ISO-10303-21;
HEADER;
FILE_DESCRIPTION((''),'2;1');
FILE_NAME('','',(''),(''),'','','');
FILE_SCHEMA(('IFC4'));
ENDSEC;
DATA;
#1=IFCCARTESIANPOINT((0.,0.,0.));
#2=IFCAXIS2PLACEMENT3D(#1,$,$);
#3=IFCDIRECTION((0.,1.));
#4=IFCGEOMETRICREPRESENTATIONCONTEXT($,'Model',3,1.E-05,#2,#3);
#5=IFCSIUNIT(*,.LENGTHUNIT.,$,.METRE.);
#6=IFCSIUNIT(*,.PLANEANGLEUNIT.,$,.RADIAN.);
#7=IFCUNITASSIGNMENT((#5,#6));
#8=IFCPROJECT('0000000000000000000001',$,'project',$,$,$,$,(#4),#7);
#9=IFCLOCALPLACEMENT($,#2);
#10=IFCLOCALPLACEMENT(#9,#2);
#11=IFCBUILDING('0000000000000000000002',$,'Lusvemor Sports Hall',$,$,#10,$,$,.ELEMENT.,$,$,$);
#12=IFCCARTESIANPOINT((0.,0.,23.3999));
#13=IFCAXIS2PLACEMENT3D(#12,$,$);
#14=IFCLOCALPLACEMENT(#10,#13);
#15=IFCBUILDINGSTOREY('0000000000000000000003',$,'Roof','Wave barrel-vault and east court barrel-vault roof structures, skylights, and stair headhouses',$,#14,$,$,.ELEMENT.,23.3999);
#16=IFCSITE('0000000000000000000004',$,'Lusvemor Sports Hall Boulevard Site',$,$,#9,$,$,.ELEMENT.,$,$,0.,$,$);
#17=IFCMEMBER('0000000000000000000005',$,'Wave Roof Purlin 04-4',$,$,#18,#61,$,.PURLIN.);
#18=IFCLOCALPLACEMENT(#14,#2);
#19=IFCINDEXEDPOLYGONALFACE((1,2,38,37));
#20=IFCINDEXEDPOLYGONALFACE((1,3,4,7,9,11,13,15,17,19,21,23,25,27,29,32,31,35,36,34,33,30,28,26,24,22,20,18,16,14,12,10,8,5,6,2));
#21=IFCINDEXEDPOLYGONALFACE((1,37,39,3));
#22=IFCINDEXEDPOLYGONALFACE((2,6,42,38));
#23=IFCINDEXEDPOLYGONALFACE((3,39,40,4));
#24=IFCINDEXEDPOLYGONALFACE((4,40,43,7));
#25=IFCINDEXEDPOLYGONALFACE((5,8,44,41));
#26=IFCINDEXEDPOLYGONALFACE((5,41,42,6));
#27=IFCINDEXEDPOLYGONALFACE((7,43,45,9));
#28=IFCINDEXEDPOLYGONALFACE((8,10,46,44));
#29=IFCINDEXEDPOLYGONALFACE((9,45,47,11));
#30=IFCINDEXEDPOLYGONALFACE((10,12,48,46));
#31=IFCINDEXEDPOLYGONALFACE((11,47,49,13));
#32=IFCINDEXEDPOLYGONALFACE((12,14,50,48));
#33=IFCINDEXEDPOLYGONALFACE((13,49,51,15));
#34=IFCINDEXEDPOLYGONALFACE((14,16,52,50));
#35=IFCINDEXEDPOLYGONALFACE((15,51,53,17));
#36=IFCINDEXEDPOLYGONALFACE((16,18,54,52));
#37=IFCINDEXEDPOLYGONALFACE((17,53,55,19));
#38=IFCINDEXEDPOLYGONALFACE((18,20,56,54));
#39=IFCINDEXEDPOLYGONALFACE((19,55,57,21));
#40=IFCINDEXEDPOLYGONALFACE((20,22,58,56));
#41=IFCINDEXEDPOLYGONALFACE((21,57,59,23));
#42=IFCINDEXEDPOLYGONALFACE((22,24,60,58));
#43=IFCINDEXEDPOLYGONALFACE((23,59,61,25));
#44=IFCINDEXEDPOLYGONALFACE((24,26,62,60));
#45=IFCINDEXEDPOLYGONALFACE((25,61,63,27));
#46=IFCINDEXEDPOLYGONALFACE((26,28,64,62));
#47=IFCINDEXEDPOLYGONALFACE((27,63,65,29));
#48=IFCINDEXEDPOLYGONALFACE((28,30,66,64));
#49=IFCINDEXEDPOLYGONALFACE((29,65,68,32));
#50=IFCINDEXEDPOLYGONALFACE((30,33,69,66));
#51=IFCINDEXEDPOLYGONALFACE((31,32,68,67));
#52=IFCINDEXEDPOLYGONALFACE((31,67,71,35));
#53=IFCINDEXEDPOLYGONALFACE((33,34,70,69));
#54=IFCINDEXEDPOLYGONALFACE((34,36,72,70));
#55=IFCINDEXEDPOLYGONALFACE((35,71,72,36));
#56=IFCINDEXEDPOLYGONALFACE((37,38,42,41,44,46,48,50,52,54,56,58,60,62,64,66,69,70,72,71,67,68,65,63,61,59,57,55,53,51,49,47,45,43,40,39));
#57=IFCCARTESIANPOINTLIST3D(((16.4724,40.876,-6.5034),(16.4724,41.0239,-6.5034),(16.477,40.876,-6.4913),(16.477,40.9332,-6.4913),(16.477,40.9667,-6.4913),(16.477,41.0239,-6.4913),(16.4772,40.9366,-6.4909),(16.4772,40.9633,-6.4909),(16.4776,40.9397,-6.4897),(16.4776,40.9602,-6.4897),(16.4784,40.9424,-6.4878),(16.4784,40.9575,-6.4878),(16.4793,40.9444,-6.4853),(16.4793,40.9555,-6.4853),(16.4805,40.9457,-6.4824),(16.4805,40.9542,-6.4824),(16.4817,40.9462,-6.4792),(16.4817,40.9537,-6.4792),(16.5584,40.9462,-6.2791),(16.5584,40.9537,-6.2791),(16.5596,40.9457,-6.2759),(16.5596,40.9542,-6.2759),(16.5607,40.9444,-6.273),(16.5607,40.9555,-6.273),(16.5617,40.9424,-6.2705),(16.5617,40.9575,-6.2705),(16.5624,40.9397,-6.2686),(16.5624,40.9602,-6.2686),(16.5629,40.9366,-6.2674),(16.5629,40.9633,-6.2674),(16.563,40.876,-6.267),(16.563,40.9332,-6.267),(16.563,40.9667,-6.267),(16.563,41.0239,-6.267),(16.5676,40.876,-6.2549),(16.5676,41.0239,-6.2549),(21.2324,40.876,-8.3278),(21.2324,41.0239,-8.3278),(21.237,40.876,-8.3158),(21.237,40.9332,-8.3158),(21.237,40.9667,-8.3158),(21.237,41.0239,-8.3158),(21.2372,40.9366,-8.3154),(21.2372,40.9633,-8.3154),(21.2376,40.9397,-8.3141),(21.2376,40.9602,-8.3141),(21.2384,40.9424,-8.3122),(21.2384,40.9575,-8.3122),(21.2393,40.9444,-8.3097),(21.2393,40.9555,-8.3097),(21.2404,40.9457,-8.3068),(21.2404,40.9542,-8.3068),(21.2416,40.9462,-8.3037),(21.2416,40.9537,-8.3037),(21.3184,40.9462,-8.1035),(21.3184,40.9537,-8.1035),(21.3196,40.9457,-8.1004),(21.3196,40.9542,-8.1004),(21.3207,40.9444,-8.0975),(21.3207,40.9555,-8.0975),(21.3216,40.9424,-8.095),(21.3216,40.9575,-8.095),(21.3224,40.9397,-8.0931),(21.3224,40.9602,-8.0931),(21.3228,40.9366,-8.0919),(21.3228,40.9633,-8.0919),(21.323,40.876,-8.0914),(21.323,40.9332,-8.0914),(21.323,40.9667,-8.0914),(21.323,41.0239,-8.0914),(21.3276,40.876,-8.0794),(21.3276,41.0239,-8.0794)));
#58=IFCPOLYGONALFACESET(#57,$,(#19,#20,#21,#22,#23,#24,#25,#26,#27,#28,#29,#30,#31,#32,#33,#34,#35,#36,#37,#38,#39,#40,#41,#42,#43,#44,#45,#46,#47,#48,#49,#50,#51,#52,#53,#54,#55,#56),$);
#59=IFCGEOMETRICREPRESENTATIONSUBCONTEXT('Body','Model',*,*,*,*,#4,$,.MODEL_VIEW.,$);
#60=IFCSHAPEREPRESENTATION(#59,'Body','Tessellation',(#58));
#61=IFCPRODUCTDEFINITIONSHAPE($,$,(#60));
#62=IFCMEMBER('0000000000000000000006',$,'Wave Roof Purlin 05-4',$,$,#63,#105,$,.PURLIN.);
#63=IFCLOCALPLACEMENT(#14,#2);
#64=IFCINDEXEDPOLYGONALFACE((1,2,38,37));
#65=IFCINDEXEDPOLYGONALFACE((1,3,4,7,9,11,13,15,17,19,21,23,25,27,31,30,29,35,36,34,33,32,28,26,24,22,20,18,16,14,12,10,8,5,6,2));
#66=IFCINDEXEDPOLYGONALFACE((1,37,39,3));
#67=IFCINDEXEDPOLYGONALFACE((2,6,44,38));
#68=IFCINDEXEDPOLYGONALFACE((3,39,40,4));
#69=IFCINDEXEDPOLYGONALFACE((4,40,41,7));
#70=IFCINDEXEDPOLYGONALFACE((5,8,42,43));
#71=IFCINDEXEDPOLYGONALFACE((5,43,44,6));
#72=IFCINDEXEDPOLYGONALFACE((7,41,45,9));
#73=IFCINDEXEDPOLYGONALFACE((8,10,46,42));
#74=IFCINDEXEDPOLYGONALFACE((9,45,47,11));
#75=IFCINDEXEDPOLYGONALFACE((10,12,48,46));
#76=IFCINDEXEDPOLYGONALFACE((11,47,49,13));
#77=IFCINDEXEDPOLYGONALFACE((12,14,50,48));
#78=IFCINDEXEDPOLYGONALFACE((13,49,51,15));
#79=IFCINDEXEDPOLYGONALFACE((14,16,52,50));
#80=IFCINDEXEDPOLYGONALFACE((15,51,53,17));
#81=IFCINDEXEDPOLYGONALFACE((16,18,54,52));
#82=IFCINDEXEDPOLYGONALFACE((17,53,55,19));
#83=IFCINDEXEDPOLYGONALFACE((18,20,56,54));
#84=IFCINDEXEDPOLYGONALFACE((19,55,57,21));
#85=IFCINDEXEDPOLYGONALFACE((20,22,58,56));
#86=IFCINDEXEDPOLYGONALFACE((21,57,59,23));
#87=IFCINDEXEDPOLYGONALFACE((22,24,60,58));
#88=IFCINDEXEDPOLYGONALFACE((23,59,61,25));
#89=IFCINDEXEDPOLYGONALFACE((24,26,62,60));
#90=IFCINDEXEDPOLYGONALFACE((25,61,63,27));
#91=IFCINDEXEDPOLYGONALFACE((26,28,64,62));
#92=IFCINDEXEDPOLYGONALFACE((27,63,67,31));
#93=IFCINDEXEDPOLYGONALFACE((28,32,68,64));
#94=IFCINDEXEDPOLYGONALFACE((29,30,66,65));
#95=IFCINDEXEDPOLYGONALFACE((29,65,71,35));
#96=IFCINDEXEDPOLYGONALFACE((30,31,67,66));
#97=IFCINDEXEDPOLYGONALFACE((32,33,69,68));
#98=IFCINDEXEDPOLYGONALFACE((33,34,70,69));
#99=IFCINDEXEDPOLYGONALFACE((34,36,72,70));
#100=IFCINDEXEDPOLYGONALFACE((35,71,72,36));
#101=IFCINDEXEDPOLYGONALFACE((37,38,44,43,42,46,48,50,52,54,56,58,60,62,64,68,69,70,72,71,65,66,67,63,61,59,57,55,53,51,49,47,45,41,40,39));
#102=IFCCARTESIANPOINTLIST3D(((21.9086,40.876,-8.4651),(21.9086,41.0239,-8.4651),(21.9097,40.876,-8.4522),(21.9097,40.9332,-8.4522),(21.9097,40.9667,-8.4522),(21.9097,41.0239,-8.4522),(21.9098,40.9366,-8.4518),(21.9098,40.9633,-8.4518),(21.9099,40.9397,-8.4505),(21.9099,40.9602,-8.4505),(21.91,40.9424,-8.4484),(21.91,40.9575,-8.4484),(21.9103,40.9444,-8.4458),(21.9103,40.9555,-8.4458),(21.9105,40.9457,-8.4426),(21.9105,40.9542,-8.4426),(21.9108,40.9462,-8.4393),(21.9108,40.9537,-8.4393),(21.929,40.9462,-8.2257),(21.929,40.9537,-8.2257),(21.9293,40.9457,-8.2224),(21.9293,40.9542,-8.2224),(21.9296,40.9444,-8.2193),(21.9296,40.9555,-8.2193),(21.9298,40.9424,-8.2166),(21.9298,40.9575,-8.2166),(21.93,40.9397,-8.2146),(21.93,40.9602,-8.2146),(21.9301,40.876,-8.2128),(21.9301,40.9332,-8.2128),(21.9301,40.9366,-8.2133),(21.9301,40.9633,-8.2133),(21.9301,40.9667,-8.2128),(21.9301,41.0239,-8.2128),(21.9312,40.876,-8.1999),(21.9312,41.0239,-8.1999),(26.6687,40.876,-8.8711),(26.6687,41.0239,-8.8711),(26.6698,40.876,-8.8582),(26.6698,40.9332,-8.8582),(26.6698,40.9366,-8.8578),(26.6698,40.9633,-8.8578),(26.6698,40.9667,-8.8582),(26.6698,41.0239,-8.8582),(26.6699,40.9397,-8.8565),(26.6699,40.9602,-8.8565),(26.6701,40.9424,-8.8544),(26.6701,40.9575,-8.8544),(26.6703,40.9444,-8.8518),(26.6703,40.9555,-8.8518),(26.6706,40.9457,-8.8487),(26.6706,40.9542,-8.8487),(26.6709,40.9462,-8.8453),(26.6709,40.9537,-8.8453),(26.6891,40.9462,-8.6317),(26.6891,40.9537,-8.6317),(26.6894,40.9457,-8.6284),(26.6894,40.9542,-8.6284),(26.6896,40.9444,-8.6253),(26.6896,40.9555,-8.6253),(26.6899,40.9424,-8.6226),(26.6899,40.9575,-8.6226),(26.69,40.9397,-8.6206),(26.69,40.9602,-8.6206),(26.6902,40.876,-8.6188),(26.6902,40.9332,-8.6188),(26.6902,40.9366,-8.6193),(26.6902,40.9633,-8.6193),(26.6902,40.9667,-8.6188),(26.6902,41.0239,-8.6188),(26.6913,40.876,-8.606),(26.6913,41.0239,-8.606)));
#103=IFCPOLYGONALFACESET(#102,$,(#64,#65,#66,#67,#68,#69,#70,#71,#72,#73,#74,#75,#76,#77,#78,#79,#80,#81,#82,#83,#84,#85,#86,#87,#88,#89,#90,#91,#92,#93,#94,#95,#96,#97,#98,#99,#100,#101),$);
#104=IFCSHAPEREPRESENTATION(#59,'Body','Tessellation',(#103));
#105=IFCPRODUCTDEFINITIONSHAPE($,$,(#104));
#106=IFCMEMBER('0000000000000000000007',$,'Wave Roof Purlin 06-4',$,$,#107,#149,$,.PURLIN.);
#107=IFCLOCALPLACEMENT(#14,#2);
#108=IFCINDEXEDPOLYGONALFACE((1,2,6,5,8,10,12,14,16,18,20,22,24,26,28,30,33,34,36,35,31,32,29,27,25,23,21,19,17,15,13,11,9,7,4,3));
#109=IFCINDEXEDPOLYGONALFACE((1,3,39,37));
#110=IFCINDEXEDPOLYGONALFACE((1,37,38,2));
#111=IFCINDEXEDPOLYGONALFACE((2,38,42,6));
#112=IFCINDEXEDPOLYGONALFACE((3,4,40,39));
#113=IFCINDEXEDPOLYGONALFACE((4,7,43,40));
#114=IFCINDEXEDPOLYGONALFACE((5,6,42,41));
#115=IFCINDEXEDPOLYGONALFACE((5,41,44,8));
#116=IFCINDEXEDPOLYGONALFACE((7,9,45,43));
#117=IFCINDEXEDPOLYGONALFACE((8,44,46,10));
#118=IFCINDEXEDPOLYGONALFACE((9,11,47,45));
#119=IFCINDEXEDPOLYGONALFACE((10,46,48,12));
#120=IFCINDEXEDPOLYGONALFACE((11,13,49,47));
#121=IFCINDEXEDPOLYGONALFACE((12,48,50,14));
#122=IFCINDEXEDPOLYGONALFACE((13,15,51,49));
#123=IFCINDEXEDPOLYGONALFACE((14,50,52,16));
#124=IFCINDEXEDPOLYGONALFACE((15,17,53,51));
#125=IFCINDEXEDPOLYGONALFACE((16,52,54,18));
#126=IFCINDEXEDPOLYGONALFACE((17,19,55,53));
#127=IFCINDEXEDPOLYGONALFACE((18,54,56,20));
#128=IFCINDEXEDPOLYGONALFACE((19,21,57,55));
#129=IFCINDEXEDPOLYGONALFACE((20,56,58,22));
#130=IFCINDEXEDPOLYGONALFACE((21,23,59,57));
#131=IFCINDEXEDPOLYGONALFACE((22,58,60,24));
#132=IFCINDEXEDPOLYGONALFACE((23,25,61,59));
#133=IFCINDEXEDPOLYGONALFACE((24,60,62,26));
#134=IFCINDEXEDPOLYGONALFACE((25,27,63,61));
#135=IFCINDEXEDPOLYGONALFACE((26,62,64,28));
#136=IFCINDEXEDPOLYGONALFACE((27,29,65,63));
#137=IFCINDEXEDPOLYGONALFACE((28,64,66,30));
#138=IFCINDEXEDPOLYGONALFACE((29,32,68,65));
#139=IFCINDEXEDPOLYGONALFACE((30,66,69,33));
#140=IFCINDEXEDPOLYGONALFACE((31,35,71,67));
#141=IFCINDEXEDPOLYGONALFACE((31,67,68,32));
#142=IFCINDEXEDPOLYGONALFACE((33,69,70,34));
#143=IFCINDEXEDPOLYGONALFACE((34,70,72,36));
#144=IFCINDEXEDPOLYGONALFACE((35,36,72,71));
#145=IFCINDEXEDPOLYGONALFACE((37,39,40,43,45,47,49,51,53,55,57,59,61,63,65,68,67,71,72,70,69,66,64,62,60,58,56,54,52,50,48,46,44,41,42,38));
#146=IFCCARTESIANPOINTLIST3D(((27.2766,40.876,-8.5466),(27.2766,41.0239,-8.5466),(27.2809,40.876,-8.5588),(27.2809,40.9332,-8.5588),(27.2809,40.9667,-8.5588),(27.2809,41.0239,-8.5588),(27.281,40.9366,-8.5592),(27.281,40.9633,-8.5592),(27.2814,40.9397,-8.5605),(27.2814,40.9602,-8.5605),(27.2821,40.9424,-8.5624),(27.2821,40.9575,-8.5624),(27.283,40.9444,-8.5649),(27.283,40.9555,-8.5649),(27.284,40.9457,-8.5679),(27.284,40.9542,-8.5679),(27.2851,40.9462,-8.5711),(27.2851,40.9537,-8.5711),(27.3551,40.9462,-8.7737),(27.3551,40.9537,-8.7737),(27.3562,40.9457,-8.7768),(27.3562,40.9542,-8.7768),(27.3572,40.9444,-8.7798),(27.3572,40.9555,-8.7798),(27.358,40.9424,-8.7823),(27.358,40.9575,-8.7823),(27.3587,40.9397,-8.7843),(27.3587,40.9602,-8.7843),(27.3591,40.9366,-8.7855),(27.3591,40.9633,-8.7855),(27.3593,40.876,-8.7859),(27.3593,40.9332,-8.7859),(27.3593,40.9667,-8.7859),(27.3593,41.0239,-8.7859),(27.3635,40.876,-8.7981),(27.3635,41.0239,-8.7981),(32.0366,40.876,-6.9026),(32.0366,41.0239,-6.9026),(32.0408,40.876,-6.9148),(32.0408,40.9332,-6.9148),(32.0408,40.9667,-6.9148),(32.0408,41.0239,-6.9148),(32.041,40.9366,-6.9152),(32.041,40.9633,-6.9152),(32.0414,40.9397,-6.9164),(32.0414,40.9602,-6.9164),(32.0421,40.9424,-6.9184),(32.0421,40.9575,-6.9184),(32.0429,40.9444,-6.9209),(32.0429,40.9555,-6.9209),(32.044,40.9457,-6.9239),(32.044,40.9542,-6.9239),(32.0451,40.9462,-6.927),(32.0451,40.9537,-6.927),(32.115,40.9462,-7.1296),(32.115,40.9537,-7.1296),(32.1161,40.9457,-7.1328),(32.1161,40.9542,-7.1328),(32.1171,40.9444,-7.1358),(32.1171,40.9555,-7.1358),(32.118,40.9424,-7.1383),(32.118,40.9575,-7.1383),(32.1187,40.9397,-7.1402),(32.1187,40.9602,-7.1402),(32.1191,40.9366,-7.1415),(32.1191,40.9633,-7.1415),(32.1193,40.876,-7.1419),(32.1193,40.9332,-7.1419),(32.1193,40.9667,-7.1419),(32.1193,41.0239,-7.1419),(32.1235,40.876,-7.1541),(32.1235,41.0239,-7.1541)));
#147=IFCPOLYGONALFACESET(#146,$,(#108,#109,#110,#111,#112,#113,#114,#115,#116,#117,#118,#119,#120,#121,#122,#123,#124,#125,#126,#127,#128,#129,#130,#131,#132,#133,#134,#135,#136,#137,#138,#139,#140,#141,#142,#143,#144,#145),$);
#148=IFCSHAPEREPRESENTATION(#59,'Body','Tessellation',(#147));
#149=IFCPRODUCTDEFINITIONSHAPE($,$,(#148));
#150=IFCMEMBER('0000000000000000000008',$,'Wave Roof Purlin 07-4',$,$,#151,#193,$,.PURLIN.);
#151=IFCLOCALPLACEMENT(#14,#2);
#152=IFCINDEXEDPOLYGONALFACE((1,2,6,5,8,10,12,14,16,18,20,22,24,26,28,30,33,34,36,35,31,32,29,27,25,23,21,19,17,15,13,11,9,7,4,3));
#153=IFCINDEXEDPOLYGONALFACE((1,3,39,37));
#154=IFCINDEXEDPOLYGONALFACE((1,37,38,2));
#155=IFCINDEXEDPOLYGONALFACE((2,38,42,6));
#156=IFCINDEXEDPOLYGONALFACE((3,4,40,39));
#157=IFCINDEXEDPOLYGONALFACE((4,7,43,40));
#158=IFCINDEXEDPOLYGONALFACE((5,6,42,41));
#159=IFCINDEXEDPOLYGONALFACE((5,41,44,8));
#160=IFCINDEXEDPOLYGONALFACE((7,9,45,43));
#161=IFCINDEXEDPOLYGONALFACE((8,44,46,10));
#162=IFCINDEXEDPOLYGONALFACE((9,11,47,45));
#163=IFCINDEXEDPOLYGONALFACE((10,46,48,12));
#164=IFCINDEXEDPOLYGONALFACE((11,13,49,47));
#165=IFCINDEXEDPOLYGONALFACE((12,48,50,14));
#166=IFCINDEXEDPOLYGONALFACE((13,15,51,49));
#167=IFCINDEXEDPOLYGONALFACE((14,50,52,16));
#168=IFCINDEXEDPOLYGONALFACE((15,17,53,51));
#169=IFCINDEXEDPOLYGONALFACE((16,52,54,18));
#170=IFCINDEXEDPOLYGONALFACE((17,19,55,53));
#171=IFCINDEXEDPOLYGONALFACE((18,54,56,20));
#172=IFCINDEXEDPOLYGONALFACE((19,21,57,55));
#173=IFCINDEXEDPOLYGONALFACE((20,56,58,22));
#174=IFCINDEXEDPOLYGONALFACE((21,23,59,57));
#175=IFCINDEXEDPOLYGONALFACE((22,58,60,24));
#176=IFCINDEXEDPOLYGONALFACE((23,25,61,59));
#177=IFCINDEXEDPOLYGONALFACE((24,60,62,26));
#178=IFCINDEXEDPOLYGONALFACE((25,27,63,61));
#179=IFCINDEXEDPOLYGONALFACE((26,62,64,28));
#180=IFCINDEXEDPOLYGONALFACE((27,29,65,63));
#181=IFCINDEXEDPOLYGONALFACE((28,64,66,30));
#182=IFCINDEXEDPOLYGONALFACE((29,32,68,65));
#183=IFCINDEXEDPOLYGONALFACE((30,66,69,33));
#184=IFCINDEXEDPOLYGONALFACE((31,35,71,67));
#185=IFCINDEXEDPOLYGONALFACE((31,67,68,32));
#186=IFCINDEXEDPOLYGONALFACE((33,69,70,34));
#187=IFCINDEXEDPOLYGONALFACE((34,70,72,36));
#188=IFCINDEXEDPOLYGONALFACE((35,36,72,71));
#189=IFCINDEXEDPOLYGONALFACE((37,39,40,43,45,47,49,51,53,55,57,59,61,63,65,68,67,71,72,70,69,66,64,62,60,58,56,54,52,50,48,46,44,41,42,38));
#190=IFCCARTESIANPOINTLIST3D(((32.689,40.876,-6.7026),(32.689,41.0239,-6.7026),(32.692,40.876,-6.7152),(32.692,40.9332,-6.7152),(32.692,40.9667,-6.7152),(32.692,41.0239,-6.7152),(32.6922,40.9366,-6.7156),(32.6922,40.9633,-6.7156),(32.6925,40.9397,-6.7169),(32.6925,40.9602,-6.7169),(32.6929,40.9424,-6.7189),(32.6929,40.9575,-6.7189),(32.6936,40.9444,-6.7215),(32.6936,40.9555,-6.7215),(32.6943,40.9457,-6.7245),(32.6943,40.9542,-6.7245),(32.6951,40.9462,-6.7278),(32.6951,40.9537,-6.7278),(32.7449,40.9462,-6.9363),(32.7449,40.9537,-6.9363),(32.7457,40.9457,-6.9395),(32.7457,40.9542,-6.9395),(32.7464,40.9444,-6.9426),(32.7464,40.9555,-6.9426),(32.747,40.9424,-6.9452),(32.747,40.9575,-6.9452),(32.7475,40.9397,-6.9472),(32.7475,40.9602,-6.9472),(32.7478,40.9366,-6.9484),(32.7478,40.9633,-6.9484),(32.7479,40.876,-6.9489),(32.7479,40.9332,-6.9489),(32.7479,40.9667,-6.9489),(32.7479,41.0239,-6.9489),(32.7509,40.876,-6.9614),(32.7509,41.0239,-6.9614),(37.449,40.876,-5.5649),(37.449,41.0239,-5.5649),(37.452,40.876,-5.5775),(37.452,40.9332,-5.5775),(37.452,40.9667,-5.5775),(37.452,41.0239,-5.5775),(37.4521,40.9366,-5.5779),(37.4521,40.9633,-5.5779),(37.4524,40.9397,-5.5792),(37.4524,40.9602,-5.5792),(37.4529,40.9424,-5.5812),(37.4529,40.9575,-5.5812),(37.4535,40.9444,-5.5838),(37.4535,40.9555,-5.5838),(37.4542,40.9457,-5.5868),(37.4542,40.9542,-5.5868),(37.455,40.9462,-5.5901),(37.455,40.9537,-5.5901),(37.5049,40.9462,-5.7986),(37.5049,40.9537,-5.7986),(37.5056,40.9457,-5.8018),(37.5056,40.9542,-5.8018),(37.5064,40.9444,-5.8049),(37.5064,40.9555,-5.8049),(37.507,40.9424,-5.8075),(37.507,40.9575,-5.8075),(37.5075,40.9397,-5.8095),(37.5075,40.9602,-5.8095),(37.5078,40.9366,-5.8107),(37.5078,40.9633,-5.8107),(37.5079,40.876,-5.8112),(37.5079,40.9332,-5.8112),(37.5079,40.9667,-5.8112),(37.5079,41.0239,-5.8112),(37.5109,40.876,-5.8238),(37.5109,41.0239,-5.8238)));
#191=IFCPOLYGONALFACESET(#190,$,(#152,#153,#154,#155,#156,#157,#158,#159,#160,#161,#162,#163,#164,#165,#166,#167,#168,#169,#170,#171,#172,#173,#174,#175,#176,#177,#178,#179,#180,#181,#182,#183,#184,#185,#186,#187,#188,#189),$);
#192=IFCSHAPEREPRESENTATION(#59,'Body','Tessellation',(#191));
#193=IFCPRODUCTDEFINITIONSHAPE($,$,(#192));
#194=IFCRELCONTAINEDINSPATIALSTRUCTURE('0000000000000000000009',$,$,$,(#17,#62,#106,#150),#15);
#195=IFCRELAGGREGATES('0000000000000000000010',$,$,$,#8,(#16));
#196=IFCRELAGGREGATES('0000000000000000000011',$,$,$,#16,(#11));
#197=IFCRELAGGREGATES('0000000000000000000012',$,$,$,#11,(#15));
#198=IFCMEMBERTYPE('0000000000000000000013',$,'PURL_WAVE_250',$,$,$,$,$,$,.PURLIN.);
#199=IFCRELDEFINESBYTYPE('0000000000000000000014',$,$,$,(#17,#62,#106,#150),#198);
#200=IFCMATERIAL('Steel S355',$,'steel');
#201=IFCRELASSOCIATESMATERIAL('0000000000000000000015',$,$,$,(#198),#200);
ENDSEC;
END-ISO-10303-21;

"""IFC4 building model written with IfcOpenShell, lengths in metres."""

from ifc_helpers import new_model, si_unit, direction, frame, origin, origin_2d, place, context, subcontext, project, spatial, i_section, extrude, material, material_profile, profile_set, type_object, element, save


model = new_model("IFC4")

# Units and contexts
model_context = context("Model", 3, precision=1e-05, world=origin(), true_north=direction((0.0, 1.0)))
body_context = subcontext(model_context, "Body", "Model", "MODEL_VIEW")
ifc_project = project(units=[si_unit("LENGTHUNIT", "METRE"), si_unit("PLANEANGLEUNIT", "RADIAN")], contexts=[model_context])

# Site, building, storey
site_placement = place(None, origin())
site = spatial("IfcSite", under=ifc_project, at=site_placement, Name="Lusvemor Sports Hall Boulevard Site", CompositionType="ELEMENT", RefElevation=0.0)
building_placement = place(site_placement, origin())
building = spatial("IfcBuilding", under=site, at=building_placement, Name="Lusvemor Sports Hall", CompositionType="ELEMENT")
storey_placement = place(building_placement, frame((0.0, 0.0, 23.3999)))
storey = spatial("IfcBuildingStorey", under=building, at=storey_placement, Name="Roof", Description="Wave barrel-vault and east court barrel-vault roof structures, skylights, and stair headhouses", CompositionType="ELEMENT", Elevation=23.3999)

# Members
ifc_material_1 = material(Name="Steel S355", Category="steel")
ifc_material_profile_1 = material_profile(ifc_material_1, i_section(OverallWidth=0.1479, OverallDepth=0.2661, WebThickness=0.0076, FlangeThickness=0.0129, FilletRadius=0.0129, at=origin_2d()), Name="W250x44.8")
ifc_profile_set_1 = profile_set([ifc_material_profile_1], Name="Steel S355")
member_type = type_object("IfcMemberType", Name="PURL_WAVE_250", PredefinedType="PURLIN", material=ifc_profile_set_1)
member_1_placement = place(storey_placement, frame((16.52, 40.95, -6.3792), z_axis=(0.93376, 0.0, -0.357901), x_axis=(0.0, 1.0, 0.0)))
element("IfcMember", 1, at=member_1_placement, inside=storey, type_object=member_type, Name="Wave Roof Purlin 04-4", PredefinedType="PURLIN", context=body_context, shape_type="SweptSolid", body=[
    extrude(i_section(OverallWidth=0.1479, OverallDepth=0.2661, WebThickness=0.0076, FlangeThickness=0.0129, FilletRadius=0.0129, at=origin_2d()), origin(), (0.0, 0.0, 1.0), 5.0977),
])
member_2_placement = place(storey_placement, frame((21.9199, 40.95, -8.3325), z_axis=(0.996382, 0.0, -0.084987), x_axis=(0.0, 1.0, 0.0)))
element("IfcMember", 2, at=member_2_placement, inside=storey, type_object=member_type, Name="Wave Roof Purlin 05-4", PredefinedType="PURLIN", context=body_context, shape_type="SweptSolid", body=[
    extrude(i_section(OverallWidth=0.1479, OverallDepth=0.2661, WebThickness=0.0076, FlangeThickness=0.0129, FilletRadius=0.0129, at=origin_2d()), origin(), (0.0, 0.0, 1.0), 4.7773),
])
member_3_placement = place(storey_placement, frame((27.3201, 40.95, -8.6724), z_axis=(0.94521, 0.0, 0.326463), x_axis=(0.0, 1.0, 0.0)))
element("IfcMember", 3, at=member_3_placement, inside=storey, type_object=member_type, Name="Wave Roof Purlin 06-4", PredefinedType="PURLIN", context=body_context, shape_type="SweptSolid", body=[
    extrude(i_section(OverallWidth=0.1479, OverallDepth=0.2661, WebThickness=0.0076, FlangeThickness=0.0129, FilletRadius=0.0129, at=origin_2d()), origin(), (0.0, 0.0, 1.0), 5.0359),
])
member_4_placement = place(storey_placement, frame((32.72, 40.95, -6.832), z_axis=(0.972605, 0.0, 0.232463), x_axis=(0.0, 1.0, 0.0)))
element("IfcMember", 4, at=member_4_placement, inside=storey, type_object=member_type, Name="Wave Roof Purlin 07-4", PredefinedType="PURLIN", context=body_context, shape_type="SweptSolid", body=[
    extrude(i_section(OverallWidth=0.1479, OverallDepth=0.2661, WebThickness=0.0076, FlangeThickness=0.0129, FilletRadius=0.0129, at=origin_2d()), origin(), (0.0, 0.0, 1.0), 4.894),
])

save(model, "model.ifc")
